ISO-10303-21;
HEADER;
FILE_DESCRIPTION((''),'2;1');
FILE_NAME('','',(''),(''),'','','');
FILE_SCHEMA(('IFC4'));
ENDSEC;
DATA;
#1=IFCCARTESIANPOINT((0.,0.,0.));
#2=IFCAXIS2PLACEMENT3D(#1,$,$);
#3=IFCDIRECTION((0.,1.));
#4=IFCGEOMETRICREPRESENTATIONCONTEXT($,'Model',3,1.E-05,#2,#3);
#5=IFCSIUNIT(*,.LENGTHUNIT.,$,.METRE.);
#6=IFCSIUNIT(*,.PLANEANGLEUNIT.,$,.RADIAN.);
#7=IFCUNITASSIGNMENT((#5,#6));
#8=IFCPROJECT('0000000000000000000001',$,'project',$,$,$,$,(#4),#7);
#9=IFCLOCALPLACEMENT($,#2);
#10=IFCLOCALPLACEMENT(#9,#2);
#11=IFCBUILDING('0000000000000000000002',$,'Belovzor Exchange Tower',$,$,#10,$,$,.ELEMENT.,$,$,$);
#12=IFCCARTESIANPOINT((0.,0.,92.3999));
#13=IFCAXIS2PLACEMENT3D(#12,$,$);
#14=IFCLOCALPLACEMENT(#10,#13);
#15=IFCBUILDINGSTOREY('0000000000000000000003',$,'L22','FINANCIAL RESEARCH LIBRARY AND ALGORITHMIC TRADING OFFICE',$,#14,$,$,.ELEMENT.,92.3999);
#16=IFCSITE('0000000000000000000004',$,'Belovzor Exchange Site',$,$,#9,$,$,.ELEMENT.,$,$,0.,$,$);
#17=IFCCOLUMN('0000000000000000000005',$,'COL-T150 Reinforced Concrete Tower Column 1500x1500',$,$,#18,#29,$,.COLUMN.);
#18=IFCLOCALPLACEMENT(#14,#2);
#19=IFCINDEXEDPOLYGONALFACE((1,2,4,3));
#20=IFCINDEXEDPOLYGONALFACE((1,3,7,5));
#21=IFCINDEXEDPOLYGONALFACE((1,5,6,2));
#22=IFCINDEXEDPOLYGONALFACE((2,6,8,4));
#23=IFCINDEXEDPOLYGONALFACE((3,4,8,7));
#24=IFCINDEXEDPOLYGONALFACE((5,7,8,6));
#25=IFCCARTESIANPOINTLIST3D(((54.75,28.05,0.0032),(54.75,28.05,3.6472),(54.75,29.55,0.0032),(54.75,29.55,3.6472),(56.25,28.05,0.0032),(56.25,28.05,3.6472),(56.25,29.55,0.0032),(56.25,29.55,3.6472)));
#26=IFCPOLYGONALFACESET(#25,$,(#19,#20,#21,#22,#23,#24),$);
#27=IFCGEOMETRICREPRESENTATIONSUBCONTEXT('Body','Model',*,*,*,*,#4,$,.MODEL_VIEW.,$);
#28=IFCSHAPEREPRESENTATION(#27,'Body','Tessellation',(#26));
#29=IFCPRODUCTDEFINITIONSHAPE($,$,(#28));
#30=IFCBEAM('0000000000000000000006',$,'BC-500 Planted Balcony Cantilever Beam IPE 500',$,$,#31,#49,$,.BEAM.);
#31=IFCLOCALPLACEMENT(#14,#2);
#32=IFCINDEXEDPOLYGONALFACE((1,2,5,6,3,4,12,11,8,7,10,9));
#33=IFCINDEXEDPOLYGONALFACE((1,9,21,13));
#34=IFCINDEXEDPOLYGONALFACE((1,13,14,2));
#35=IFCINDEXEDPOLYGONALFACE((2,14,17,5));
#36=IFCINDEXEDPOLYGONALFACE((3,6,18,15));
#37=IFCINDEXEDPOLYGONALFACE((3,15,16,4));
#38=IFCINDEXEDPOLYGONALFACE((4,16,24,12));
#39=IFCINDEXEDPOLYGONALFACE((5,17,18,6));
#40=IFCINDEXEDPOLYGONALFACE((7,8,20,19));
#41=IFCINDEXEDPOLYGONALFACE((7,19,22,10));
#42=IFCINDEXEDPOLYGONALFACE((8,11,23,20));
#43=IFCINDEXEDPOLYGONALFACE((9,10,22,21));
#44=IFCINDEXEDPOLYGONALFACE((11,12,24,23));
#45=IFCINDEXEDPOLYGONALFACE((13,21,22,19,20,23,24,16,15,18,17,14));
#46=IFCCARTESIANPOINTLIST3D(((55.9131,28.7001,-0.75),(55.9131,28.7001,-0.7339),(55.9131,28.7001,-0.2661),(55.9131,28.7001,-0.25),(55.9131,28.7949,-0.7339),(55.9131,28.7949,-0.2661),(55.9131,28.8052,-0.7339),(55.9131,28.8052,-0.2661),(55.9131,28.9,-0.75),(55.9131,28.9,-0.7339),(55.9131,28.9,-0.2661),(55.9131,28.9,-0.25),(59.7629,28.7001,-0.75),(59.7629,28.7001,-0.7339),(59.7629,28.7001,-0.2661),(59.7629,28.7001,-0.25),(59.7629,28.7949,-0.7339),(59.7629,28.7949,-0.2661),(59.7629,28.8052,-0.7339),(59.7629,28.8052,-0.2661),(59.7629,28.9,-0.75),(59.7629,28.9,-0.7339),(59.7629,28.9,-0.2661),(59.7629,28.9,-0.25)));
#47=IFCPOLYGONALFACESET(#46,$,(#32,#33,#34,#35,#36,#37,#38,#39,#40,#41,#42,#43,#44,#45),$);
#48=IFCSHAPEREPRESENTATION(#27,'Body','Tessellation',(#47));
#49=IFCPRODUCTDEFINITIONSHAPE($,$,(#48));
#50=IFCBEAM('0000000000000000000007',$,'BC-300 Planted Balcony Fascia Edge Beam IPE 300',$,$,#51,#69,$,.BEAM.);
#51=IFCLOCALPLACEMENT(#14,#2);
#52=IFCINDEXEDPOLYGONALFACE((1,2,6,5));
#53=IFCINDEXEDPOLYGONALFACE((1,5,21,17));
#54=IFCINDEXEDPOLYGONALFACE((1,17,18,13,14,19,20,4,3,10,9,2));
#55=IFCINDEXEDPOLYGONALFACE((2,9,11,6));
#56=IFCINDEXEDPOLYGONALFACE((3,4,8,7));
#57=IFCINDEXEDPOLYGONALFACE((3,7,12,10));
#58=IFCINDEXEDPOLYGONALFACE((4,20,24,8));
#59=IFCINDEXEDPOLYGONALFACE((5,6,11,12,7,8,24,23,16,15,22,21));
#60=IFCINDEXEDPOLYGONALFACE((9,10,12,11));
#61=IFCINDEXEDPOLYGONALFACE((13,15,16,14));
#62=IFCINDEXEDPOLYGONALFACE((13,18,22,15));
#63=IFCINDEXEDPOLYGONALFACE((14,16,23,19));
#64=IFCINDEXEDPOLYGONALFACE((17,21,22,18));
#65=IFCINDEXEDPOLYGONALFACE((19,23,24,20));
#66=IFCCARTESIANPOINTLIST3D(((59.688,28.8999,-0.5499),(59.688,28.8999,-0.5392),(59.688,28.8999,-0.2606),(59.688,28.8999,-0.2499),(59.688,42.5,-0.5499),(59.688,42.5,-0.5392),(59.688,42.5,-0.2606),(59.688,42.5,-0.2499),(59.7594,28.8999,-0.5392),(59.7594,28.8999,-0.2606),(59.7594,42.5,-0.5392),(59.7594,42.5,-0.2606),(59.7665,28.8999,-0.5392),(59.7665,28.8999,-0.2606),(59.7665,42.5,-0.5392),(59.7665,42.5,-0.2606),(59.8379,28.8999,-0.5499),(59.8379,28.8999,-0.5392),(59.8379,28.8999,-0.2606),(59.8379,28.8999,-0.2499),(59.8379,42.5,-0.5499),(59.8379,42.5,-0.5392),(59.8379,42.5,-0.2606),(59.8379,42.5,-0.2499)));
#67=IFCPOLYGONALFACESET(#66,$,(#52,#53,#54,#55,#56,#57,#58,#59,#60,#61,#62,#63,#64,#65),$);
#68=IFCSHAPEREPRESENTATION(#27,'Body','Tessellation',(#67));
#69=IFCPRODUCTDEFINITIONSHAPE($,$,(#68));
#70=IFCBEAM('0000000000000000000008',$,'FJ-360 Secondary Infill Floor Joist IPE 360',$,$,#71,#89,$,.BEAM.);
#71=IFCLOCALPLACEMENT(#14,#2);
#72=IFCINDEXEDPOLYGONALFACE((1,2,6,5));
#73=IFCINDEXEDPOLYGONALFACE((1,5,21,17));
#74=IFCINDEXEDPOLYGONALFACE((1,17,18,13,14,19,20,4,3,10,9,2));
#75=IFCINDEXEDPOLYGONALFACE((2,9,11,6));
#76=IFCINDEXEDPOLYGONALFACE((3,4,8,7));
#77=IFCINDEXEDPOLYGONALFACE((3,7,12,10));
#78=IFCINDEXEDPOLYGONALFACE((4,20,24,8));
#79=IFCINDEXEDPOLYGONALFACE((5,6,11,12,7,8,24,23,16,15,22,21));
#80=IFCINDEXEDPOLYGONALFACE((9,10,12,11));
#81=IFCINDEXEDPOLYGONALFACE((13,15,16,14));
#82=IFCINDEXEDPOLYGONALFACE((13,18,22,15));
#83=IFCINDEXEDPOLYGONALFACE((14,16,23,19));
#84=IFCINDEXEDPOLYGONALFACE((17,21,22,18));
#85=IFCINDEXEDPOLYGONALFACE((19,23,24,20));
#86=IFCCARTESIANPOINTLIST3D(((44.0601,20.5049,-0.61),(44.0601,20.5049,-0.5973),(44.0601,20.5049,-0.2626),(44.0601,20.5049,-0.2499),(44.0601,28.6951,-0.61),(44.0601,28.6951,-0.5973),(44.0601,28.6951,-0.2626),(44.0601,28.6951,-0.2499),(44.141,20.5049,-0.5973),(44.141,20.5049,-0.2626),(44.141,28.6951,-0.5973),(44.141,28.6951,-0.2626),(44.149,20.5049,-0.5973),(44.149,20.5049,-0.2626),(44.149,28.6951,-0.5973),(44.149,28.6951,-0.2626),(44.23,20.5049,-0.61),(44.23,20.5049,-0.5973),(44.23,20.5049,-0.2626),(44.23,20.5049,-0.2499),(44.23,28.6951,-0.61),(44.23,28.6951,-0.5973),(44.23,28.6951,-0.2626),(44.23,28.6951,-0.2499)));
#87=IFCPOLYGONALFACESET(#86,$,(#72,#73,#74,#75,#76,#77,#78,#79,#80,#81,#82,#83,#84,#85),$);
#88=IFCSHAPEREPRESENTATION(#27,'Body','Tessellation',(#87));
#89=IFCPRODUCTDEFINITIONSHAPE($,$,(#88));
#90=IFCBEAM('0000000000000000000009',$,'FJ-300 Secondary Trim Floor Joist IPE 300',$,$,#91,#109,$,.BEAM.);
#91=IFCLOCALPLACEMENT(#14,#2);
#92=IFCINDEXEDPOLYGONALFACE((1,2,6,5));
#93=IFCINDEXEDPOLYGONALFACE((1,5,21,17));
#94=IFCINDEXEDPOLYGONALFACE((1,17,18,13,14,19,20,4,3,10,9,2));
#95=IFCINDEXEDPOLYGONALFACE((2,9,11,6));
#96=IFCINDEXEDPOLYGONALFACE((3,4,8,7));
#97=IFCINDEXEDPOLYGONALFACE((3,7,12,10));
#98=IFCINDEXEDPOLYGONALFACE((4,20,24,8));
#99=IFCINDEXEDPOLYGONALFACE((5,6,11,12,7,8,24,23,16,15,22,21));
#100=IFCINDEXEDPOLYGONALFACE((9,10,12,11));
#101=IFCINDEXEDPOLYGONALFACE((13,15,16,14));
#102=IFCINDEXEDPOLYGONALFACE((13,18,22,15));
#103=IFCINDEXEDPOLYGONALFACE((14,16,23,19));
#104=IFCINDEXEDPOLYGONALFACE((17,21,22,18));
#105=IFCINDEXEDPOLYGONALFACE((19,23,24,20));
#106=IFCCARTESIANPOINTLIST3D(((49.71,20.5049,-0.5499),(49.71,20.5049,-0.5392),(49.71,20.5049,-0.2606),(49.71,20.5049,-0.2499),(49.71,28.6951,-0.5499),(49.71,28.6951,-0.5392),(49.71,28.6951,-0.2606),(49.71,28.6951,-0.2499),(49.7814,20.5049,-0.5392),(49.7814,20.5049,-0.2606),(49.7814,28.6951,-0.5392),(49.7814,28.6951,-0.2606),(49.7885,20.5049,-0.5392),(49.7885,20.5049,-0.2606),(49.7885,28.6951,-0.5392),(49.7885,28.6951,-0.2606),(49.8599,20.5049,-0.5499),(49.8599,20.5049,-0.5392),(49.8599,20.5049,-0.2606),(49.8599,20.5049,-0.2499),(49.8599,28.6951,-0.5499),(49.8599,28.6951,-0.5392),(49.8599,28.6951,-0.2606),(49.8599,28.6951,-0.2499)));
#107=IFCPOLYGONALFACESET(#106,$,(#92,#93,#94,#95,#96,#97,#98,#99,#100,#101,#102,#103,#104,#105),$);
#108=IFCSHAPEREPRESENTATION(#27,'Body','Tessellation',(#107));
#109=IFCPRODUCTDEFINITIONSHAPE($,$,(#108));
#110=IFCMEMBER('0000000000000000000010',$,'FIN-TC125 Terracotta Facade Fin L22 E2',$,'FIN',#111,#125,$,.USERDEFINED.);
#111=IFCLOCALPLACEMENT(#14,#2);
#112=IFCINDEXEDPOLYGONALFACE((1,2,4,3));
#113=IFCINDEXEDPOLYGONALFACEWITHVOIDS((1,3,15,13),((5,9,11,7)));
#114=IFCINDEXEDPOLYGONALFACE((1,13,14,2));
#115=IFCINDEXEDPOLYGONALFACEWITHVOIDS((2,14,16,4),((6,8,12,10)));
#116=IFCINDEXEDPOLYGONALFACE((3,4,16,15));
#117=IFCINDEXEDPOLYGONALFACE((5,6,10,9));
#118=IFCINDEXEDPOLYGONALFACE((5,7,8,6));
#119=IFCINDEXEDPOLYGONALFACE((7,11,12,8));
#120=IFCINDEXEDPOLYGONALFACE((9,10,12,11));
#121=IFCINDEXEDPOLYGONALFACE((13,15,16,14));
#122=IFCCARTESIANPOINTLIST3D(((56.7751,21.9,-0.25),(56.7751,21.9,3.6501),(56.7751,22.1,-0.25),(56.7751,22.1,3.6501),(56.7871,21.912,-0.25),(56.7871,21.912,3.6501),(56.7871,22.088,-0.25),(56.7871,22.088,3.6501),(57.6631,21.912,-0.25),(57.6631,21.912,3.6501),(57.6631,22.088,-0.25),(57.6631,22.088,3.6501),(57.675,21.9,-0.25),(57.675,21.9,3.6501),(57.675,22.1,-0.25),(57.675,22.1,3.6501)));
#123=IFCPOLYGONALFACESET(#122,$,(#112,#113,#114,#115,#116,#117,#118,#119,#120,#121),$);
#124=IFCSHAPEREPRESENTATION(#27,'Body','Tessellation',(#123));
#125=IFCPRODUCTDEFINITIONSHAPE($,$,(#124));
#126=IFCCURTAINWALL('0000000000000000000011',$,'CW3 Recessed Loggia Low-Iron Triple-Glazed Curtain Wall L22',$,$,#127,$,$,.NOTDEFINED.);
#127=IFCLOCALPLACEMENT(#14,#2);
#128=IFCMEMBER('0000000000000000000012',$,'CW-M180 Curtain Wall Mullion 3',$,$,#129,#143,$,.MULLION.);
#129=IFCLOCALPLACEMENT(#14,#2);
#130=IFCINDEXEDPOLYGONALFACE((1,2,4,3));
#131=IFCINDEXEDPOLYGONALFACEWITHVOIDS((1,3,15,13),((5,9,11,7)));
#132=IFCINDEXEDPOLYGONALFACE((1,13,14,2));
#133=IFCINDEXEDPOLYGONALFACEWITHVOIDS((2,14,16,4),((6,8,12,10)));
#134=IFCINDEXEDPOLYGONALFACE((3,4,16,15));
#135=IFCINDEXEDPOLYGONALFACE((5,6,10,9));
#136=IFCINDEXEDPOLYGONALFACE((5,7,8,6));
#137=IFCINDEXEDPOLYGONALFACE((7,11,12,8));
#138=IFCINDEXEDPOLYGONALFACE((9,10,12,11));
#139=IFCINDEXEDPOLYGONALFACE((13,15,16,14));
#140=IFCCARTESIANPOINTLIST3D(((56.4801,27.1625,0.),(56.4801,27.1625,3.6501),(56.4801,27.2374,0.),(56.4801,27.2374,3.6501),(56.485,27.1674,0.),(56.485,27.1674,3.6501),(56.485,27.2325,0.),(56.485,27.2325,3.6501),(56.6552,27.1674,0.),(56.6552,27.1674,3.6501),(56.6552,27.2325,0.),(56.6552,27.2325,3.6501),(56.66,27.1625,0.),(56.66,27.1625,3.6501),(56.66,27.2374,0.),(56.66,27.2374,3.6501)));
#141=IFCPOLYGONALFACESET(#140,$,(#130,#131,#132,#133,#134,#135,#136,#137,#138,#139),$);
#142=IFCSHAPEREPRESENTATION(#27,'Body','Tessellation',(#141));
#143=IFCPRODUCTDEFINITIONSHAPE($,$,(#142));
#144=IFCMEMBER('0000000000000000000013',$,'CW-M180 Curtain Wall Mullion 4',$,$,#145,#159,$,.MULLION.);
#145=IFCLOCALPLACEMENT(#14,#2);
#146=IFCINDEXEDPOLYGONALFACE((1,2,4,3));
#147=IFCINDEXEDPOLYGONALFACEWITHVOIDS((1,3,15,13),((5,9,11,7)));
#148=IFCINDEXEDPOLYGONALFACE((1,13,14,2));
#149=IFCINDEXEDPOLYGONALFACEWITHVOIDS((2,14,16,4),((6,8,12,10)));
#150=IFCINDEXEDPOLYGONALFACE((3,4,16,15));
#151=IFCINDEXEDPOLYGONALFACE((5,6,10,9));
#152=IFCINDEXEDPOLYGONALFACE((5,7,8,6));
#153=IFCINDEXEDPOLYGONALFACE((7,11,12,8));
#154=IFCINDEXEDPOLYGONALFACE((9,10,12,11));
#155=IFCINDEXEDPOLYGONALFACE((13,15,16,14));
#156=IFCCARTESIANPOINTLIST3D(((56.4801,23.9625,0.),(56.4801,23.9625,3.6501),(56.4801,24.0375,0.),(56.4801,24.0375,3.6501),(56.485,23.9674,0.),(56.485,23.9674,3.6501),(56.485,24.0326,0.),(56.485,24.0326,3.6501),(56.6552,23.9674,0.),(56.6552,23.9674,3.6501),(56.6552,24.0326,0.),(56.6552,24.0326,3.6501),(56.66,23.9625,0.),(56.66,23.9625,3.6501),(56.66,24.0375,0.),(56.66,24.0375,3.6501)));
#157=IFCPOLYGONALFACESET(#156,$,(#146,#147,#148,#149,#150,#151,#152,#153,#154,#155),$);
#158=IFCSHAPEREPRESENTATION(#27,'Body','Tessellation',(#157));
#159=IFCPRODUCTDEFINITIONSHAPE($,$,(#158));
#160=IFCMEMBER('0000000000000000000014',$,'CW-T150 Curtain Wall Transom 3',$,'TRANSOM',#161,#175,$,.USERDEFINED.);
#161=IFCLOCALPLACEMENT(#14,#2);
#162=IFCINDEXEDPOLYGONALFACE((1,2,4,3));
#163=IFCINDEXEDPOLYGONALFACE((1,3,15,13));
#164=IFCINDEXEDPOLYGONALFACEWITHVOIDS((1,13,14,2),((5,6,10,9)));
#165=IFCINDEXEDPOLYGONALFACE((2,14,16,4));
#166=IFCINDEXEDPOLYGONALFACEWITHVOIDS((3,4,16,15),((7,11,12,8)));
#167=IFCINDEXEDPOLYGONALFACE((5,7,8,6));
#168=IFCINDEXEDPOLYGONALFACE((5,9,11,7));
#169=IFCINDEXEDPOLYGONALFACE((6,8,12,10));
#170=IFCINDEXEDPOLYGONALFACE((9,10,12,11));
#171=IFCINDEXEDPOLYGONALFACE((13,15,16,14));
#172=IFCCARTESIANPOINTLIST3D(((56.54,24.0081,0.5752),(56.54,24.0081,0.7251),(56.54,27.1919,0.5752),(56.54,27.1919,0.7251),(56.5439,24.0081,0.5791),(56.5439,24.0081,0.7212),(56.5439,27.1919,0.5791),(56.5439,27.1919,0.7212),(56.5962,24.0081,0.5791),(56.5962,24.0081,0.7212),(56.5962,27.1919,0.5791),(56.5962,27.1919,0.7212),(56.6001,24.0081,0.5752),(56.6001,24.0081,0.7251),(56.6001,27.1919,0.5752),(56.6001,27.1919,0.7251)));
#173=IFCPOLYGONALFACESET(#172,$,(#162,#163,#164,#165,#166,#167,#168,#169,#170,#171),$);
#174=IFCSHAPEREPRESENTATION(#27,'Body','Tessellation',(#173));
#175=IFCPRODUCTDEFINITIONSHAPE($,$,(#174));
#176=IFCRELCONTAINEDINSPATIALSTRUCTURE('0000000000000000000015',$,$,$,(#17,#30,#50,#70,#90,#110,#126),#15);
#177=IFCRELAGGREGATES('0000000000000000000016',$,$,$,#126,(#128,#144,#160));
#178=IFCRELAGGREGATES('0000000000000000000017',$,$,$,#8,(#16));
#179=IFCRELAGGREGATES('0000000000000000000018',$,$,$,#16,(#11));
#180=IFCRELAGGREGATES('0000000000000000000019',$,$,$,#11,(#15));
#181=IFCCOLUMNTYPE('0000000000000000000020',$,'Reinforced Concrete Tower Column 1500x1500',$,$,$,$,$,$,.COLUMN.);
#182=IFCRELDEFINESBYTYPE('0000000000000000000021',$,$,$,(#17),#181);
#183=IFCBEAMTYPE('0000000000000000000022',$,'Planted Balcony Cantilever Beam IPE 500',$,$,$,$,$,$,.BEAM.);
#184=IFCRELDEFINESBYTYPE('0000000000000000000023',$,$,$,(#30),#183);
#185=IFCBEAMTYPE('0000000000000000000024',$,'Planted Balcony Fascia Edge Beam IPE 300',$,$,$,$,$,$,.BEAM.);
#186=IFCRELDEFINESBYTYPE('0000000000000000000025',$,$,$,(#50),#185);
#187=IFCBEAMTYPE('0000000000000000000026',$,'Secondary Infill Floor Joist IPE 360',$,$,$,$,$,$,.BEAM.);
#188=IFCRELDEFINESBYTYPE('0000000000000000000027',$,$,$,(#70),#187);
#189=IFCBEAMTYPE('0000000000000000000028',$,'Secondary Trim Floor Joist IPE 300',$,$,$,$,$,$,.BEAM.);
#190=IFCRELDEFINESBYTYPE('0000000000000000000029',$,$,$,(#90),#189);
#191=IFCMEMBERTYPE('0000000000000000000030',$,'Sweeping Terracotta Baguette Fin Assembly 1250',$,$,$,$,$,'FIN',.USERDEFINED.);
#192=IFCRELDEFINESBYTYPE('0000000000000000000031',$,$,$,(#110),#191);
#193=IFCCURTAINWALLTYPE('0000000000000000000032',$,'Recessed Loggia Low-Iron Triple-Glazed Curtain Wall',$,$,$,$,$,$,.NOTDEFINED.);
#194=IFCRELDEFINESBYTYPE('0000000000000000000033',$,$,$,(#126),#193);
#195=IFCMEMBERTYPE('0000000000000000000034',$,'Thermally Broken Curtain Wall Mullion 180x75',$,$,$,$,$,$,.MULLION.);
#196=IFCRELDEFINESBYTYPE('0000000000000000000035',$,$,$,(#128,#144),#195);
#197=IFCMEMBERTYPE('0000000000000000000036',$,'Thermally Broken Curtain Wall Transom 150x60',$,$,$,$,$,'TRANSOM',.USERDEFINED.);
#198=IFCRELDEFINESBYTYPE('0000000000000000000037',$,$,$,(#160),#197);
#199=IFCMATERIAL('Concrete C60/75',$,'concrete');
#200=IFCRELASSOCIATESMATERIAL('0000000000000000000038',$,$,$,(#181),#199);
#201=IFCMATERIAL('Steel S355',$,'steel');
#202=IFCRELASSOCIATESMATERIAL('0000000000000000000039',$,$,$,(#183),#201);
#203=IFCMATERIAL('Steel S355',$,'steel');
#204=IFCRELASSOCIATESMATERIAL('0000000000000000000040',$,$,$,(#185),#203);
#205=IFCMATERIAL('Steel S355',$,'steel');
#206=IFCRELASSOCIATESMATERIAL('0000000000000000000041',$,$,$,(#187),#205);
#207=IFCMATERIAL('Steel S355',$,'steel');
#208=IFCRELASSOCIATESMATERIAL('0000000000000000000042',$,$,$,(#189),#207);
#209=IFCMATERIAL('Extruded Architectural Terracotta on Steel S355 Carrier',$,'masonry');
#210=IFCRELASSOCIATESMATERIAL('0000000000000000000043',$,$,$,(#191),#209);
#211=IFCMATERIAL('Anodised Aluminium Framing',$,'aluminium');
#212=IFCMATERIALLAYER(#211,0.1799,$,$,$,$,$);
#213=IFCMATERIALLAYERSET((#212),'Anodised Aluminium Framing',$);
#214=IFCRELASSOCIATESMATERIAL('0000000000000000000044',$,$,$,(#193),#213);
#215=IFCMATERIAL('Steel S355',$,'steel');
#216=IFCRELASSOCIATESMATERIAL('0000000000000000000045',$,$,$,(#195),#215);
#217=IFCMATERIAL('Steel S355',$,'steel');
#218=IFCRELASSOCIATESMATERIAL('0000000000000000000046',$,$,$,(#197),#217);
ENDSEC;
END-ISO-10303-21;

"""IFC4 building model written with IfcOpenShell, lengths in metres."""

from ifc_helpers import new_model, si_unit, direction, frame, origin, origin_2d, place, context, subcontext, project, spatial, rectangle, hollow_rectangle, i_section, extrude, material, layer, layer_set, material_profile, profile_set, type_object, element, aggregate, save


model = new_model("IFC4")

# Units and contexts
model_context = context("Model", 3, precision=1e-05, world=origin(), true_north=direction((0.0, 1.0)))
body_context = subcontext(model_context, "Body", "Model", "MODEL_VIEW")
ifc_project = project(units=[si_unit("LENGTHUNIT", "METRE"), si_unit("PLANEANGLEUNIT", "RADIAN")], contexts=[model_context])

# Site, building, storey
site_placement = place(None, origin())
site = spatial("IfcSite", under=ifc_project, at=site_placement, Name="Belovzor Exchange Site", CompositionType="ELEMENT", RefElevation=0.0)
building_placement = place(site_placement, origin())
building = spatial("IfcBuilding", under=site, at=building_placement, Name="Belovzor Exchange Tower", CompositionType="ELEMENT")
storey_placement = place(building_placement, frame((0.0, 0.0, 92.3999)))
storey = spatial("IfcBuildingStorey", under=building, at=storey_placement, Name="L22", Description="FINANCIAL RESEARCH LIBRARY AND ALGORITHMIC TRADING OFFICE", CompositionType="ELEMENT", Elevation=92.3999)

# Column
ifc_material_1 = material(Name="Concrete C60/75", Category="concrete")
ifc_material_profile_1 = material_profile(ifc_material_1, rectangle(XDim=1.5, YDim=1.5, at=origin_2d()))
ifc_profile_set_1 = profile_set([ifc_material_profile_1], Name="Concrete C60/75")
column_type = type_object("IfcColumnType", Name="Reinforced Concrete Tower Column 1500x1500", PredefinedType="COLUMN", material=ifc_profile_set_1)
column_placement = place(storey_placement, frame((55.5, 28.8, 0.0032), z_axis=(0.0, 0.0, 1.0), x_axis=(1.0, 0.0, 0.0)))
element("IfcColumn", 1, at=column_placement, inside=storey, type_object=column_type, Name="COL-T150 Reinforced Concrete Tower Column 1500x1500", PredefinedType="COLUMN", context=body_context, shape_type="SweptSolid", body=[
    extrude(rectangle(XDim=1.5, YDim=1.5, at=origin_2d()), origin(), (0.0, 0.0, 1.0), 3.644),
])

# Beams
ifc_material_2 = material(Name="Steel S355", Category="steel")
ifc_material_profile_2 = material_profile(ifc_material_2, i_section(OverallWidth=0.2, OverallDepth=0.5, WebThickness=0.0103, FlangeThickness=0.0161, at=origin_2d()))
ifc_profile_set_2 = profile_set([ifc_material_profile_2], Name="Steel S355")
beam_type_1 = type_object("IfcBeamType", Name="Planted Balcony Cantilever Beam IPE 500", PredefinedType="BEAM", material=ifc_profile_set_2)
beam_1_placement = place(storey_placement, frame((55.9131, 28.8, -0.5), z_axis=(1.0, 0.0, 0.0), x_axis=(0.0, 1.0, 0.0)))
element("IfcBeam", 2, at=beam_1_placement, inside=storey, type_object=beam_type_1, Name="BC-500 Planted Balcony Cantilever Beam IPE 500", PredefinedType="BEAM", context=body_context, shape_type="SweptSolid", body=[
    extrude(i_section(OverallWidth=0.2, OverallDepth=0.5, WebThickness=0.0103, FlangeThickness=0.0161, at=origin_2d()), origin(), (0.0, 0.0, 1.0), 3.8499),
])
ifc_material_3 = material(Name="Steel S355", Category="steel")
ifc_material_profile_3 = material_profile(ifc_material_3, i_section(OverallWidth=0.1499, OverallDepth=0.3, WebThickness=0.0071, FlangeThickness=0.0107, at=origin_2d()))
ifc_profile_set_3 = profile_set([ifc_material_profile_3], Name="Steel S355")
beam_type_2 = type_object("IfcBeamType", Name="Planted Balcony Fascia Edge Beam IPE 300", PredefinedType="BEAM", material=ifc_profile_set_3)
beam_2_placement = place(storey_placement, frame((59.7629, 28.8999, -0.3999), z_axis=(0.0, 1.0, 0.0), x_axis=(-1.0, 0.0, 0.0)))
element("IfcBeam", 3, at=beam_2_placement, inside=storey, type_object=beam_type_2, Name="BC-300 Planted Balcony Fascia Edge Beam IPE 300", PredefinedType="BEAM", context=body_context, shape_type="SweptSolid", body=[
    extrude(i_section(OverallWidth=0.1499, OverallDepth=0.3, WebThickness=0.0071, FlangeThickness=0.0107, at=origin_2d()), origin(), (0.0, 0.0, 1.0), 13.6001),
])
ifc_material_4 = material(Name="Steel S355", Category="steel")
ifc_material_profile_4 = material_profile(ifc_material_4, i_section(OverallWidth=0.1699, OverallDepth=0.3601, WebThickness=0.0081, FlangeThickness=0.0127, at=origin_2d()))
ifc_profile_set_4 = profile_set([ifc_material_profile_4], Name="Steel S355")
beam_type_3 = type_object("IfcBeamType", Name="Secondary Infill Floor Joist IPE 360", PredefinedType="BEAM", material=ifc_profile_set_4)
beam_3_placement = place(storey_placement, frame((44.145, 20.5049, -0.4299), z_axis=(0.0, 1.0, 0.0), x_axis=(-1.0, 0.0, 0.0)))
element("IfcBeam", 4, at=beam_3_placement, inside=storey, type_object=beam_type_3, Name="FJ-360 Secondary Infill Floor Joist IPE 360", PredefinedType="BEAM", context=body_context, shape_type="SweptSolid", body=[
    extrude(i_section(OverallWidth=0.1699, OverallDepth=0.3601, WebThickness=0.0081, FlangeThickness=0.0127, at=origin_2d()), origin(), (0.0, 0.0, 1.0), 8.1902),
])
ifc_material_5 = material(Name="Steel S355", Category="steel")
ifc_material_profile_5 = material_profile(ifc_material_5, i_section(OverallWidth=0.1499, OverallDepth=0.3, WebThickness=0.0071, FlangeThickness=0.0107, at=origin_2d()))
ifc_profile_set_5 = profile_set([ifc_material_profile_5], Name="Steel S355")
beam_type_4 = type_object("IfcBeamType", Name="Secondary Trim Floor Joist IPE 300", PredefinedType="BEAM", material=ifc_profile_set_5)
beam_4_placement = place(storey_placement, frame((49.7849, 20.5049, -0.3999), z_axis=(0.0, 1.0, 0.0), x_axis=(-1.0, 0.0, 0.0)))
element("IfcBeam", 5, at=beam_4_placement, inside=storey, type_object=beam_type_4, Name="FJ-300 Secondary Trim Floor Joist IPE 300", PredefinedType="BEAM", context=body_context, shape_type="SweptSolid", body=[
    extrude(i_section(OverallWidth=0.1499, OverallDepth=0.3, WebThickness=0.0071, FlangeThickness=0.0107, at=origin_2d()), origin(), (0.0, 0.0, 1.0), 8.1902),
])

# Member
ifc_material_6 = material(Name="Extruded Architectural Terracotta on Steel S355 Carrier", Category="masonry")
ifc_material_profile_6 = material_profile(ifc_material_6, hollow_rectangle(XDim=0.2, YDim=0.8999, WallThickness=0.012, at=origin_2d()))
ifc_profile_set_6 = profile_set([ifc_material_profile_6], Name="Extruded Architectural Terracotta on Steel S355 Carrier")
member_type_1 = type_object("IfcMemberType", Name="Sweeping Terracotta Baguette Fin Assembly 1250", ElementType="FIN", PredefinedType="USERDEFINED", material=ifc_profile_set_6)
member_1_placement = place(storey_placement, frame((57.2251, 22.0, -0.25), z_axis=(0.0, 0.0, 1.0), x_axis=(0.0, 1.0, 0.0)))
element("IfcMember", 6, at=member_1_placement, inside=storey, type_object=member_type_1, Name="FIN-TC125 Terracotta Facade Fin L22 E2", ObjectType="FIN", PredefinedType="USERDEFINED", context=body_context, shape_type="SweptSolid", body=[
    extrude(hollow_rectangle(XDim=0.2, YDim=0.8999, WallThickness=0.012, at=origin_2d()), origin(), (0.0, 0.0, 1.0), 3.9001),
])

# Curtain wall, members
ifc_material_7 = material(Name="Anodised Aluminium Framing", Category="aluminium")
ifc_layer_1 = layer(ifc_material_7, 0.1799)
ifc_layer_set_1 = layer_set([ifc_layer_1], Name="Anodised Aluminium Framing")
curtain_wall_type = type_object("IfcCurtainWallType", Name="Recessed Loggia Low-Iron Triple-Glazed Curtain Wall", PredefinedType="NOTDEFINED", material=ifc_layer_set_1)
curtain_wall_placement = place(storey_placement, origin())
curtain_wall = element("IfcCurtainWall", 7, at=curtain_wall_placement, inside=storey, type_object=curtain_wall_type, Name="CW3 Recessed Loggia Low-Iron Triple-Glazed Curtain Wall L22", PredefinedType="NOTDEFINED")
ifc_material_8 = material(Name="Steel S355", Category="steel")
ifc_material_profile_7 = material_profile(ifc_material_8, hollow_rectangle(XDim=0.075, YDim=0.1799, WallThickness=0.0049, at=origin_2d()))
ifc_profile_set_7 = profile_set([ifc_material_profile_7], Name="Steel S355")
member_type_2 = type_object("IfcMemberType", Name="Thermally Broken Curtain Wall Mullion 180x75", PredefinedType="MULLION", material=ifc_profile_set_7)
member_2_placement = place(storey_placement, frame((56.5701, 27.2, 0.0), z_axis=(0.0, 0.0, 1.0), x_axis=(0.0, -1.0, 0.0)))
member_2 = element("IfcMember", 8, at=member_2_placement, type_object=member_type_2, Name="CW-M180 Curtain Wall Mullion 3", PredefinedType="MULLION", context=body_context, shape_type="SweptSolid", body=[
    extrude(hollow_rectangle(XDim=0.075, YDim=0.1799, WallThickness=0.0049, at=origin_2d()), origin(), (0.0, 0.0, 1.0), 3.6501),
])
member_3_placement = place(storey_placement, frame((56.5701, 24.0, 0.0), z_axis=(0.0, 0.0, 1.0), x_axis=(0.0, -1.0, 0.0)))
member_3 = element("IfcMember", 9, at=member_3_placement, type_object=member_type_2, Name="CW-M180 Curtain Wall Mullion 4", PredefinedType="MULLION", context=body_context, shape_type="SweptSolid", body=[
    extrude(hollow_rectangle(XDim=0.075, YDim=0.1799, WallThickness=0.0049, at=origin_2d()), origin(), (0.0, 0.0, 1.0), 3.6501),
])
ifc_material_9 = material(Name="Steel S355", Category="steel")
ifc_material_profile_8 = material_profile(ifc_material_9, hollow_rectangle(XDim=0.0601, YDim=0.1499, WallThickness=0.0039, at=origin_2d()))
ifc_profile_set_8 = profile_set([ifc_material_profile_8], Name="Steel S355")
member_type_3 = type_object("IfcMemberType", Name="Thermally Broken Curtain Wall Transom 150x60", ElementType="TRANSOM", PredefinedType="USERDEFINED", material=ifc_profile_set_8)
member_4_placement = place(storey_placement, frame((56.5701, 27.1919, 0.6501), z_axis=(0.0, -1.0, 0.0), x_axis=(1.0, 0.0, 0.0)))
member_4 = element("IfcMember", 10, at=member_4_placement, type_object=member_type_3, Name="CW-T150 Curtain Wall Transom 3", ObjectType="TRANSOM", PredefinedType="USERDEFINED", context=body_context, shape_type="SweptSolid", body=[
    extrude(hollow_rectangle(XDim=0.0601, YDim=0.1499, WallThickness=0.0039, at=origin_2d()), origin(), (0.0, 0.0, 1.0), 3.1838),
])

aggregate(curtain_wall, [member_2, member_3, member_4])

save(model, "model.ifc")
